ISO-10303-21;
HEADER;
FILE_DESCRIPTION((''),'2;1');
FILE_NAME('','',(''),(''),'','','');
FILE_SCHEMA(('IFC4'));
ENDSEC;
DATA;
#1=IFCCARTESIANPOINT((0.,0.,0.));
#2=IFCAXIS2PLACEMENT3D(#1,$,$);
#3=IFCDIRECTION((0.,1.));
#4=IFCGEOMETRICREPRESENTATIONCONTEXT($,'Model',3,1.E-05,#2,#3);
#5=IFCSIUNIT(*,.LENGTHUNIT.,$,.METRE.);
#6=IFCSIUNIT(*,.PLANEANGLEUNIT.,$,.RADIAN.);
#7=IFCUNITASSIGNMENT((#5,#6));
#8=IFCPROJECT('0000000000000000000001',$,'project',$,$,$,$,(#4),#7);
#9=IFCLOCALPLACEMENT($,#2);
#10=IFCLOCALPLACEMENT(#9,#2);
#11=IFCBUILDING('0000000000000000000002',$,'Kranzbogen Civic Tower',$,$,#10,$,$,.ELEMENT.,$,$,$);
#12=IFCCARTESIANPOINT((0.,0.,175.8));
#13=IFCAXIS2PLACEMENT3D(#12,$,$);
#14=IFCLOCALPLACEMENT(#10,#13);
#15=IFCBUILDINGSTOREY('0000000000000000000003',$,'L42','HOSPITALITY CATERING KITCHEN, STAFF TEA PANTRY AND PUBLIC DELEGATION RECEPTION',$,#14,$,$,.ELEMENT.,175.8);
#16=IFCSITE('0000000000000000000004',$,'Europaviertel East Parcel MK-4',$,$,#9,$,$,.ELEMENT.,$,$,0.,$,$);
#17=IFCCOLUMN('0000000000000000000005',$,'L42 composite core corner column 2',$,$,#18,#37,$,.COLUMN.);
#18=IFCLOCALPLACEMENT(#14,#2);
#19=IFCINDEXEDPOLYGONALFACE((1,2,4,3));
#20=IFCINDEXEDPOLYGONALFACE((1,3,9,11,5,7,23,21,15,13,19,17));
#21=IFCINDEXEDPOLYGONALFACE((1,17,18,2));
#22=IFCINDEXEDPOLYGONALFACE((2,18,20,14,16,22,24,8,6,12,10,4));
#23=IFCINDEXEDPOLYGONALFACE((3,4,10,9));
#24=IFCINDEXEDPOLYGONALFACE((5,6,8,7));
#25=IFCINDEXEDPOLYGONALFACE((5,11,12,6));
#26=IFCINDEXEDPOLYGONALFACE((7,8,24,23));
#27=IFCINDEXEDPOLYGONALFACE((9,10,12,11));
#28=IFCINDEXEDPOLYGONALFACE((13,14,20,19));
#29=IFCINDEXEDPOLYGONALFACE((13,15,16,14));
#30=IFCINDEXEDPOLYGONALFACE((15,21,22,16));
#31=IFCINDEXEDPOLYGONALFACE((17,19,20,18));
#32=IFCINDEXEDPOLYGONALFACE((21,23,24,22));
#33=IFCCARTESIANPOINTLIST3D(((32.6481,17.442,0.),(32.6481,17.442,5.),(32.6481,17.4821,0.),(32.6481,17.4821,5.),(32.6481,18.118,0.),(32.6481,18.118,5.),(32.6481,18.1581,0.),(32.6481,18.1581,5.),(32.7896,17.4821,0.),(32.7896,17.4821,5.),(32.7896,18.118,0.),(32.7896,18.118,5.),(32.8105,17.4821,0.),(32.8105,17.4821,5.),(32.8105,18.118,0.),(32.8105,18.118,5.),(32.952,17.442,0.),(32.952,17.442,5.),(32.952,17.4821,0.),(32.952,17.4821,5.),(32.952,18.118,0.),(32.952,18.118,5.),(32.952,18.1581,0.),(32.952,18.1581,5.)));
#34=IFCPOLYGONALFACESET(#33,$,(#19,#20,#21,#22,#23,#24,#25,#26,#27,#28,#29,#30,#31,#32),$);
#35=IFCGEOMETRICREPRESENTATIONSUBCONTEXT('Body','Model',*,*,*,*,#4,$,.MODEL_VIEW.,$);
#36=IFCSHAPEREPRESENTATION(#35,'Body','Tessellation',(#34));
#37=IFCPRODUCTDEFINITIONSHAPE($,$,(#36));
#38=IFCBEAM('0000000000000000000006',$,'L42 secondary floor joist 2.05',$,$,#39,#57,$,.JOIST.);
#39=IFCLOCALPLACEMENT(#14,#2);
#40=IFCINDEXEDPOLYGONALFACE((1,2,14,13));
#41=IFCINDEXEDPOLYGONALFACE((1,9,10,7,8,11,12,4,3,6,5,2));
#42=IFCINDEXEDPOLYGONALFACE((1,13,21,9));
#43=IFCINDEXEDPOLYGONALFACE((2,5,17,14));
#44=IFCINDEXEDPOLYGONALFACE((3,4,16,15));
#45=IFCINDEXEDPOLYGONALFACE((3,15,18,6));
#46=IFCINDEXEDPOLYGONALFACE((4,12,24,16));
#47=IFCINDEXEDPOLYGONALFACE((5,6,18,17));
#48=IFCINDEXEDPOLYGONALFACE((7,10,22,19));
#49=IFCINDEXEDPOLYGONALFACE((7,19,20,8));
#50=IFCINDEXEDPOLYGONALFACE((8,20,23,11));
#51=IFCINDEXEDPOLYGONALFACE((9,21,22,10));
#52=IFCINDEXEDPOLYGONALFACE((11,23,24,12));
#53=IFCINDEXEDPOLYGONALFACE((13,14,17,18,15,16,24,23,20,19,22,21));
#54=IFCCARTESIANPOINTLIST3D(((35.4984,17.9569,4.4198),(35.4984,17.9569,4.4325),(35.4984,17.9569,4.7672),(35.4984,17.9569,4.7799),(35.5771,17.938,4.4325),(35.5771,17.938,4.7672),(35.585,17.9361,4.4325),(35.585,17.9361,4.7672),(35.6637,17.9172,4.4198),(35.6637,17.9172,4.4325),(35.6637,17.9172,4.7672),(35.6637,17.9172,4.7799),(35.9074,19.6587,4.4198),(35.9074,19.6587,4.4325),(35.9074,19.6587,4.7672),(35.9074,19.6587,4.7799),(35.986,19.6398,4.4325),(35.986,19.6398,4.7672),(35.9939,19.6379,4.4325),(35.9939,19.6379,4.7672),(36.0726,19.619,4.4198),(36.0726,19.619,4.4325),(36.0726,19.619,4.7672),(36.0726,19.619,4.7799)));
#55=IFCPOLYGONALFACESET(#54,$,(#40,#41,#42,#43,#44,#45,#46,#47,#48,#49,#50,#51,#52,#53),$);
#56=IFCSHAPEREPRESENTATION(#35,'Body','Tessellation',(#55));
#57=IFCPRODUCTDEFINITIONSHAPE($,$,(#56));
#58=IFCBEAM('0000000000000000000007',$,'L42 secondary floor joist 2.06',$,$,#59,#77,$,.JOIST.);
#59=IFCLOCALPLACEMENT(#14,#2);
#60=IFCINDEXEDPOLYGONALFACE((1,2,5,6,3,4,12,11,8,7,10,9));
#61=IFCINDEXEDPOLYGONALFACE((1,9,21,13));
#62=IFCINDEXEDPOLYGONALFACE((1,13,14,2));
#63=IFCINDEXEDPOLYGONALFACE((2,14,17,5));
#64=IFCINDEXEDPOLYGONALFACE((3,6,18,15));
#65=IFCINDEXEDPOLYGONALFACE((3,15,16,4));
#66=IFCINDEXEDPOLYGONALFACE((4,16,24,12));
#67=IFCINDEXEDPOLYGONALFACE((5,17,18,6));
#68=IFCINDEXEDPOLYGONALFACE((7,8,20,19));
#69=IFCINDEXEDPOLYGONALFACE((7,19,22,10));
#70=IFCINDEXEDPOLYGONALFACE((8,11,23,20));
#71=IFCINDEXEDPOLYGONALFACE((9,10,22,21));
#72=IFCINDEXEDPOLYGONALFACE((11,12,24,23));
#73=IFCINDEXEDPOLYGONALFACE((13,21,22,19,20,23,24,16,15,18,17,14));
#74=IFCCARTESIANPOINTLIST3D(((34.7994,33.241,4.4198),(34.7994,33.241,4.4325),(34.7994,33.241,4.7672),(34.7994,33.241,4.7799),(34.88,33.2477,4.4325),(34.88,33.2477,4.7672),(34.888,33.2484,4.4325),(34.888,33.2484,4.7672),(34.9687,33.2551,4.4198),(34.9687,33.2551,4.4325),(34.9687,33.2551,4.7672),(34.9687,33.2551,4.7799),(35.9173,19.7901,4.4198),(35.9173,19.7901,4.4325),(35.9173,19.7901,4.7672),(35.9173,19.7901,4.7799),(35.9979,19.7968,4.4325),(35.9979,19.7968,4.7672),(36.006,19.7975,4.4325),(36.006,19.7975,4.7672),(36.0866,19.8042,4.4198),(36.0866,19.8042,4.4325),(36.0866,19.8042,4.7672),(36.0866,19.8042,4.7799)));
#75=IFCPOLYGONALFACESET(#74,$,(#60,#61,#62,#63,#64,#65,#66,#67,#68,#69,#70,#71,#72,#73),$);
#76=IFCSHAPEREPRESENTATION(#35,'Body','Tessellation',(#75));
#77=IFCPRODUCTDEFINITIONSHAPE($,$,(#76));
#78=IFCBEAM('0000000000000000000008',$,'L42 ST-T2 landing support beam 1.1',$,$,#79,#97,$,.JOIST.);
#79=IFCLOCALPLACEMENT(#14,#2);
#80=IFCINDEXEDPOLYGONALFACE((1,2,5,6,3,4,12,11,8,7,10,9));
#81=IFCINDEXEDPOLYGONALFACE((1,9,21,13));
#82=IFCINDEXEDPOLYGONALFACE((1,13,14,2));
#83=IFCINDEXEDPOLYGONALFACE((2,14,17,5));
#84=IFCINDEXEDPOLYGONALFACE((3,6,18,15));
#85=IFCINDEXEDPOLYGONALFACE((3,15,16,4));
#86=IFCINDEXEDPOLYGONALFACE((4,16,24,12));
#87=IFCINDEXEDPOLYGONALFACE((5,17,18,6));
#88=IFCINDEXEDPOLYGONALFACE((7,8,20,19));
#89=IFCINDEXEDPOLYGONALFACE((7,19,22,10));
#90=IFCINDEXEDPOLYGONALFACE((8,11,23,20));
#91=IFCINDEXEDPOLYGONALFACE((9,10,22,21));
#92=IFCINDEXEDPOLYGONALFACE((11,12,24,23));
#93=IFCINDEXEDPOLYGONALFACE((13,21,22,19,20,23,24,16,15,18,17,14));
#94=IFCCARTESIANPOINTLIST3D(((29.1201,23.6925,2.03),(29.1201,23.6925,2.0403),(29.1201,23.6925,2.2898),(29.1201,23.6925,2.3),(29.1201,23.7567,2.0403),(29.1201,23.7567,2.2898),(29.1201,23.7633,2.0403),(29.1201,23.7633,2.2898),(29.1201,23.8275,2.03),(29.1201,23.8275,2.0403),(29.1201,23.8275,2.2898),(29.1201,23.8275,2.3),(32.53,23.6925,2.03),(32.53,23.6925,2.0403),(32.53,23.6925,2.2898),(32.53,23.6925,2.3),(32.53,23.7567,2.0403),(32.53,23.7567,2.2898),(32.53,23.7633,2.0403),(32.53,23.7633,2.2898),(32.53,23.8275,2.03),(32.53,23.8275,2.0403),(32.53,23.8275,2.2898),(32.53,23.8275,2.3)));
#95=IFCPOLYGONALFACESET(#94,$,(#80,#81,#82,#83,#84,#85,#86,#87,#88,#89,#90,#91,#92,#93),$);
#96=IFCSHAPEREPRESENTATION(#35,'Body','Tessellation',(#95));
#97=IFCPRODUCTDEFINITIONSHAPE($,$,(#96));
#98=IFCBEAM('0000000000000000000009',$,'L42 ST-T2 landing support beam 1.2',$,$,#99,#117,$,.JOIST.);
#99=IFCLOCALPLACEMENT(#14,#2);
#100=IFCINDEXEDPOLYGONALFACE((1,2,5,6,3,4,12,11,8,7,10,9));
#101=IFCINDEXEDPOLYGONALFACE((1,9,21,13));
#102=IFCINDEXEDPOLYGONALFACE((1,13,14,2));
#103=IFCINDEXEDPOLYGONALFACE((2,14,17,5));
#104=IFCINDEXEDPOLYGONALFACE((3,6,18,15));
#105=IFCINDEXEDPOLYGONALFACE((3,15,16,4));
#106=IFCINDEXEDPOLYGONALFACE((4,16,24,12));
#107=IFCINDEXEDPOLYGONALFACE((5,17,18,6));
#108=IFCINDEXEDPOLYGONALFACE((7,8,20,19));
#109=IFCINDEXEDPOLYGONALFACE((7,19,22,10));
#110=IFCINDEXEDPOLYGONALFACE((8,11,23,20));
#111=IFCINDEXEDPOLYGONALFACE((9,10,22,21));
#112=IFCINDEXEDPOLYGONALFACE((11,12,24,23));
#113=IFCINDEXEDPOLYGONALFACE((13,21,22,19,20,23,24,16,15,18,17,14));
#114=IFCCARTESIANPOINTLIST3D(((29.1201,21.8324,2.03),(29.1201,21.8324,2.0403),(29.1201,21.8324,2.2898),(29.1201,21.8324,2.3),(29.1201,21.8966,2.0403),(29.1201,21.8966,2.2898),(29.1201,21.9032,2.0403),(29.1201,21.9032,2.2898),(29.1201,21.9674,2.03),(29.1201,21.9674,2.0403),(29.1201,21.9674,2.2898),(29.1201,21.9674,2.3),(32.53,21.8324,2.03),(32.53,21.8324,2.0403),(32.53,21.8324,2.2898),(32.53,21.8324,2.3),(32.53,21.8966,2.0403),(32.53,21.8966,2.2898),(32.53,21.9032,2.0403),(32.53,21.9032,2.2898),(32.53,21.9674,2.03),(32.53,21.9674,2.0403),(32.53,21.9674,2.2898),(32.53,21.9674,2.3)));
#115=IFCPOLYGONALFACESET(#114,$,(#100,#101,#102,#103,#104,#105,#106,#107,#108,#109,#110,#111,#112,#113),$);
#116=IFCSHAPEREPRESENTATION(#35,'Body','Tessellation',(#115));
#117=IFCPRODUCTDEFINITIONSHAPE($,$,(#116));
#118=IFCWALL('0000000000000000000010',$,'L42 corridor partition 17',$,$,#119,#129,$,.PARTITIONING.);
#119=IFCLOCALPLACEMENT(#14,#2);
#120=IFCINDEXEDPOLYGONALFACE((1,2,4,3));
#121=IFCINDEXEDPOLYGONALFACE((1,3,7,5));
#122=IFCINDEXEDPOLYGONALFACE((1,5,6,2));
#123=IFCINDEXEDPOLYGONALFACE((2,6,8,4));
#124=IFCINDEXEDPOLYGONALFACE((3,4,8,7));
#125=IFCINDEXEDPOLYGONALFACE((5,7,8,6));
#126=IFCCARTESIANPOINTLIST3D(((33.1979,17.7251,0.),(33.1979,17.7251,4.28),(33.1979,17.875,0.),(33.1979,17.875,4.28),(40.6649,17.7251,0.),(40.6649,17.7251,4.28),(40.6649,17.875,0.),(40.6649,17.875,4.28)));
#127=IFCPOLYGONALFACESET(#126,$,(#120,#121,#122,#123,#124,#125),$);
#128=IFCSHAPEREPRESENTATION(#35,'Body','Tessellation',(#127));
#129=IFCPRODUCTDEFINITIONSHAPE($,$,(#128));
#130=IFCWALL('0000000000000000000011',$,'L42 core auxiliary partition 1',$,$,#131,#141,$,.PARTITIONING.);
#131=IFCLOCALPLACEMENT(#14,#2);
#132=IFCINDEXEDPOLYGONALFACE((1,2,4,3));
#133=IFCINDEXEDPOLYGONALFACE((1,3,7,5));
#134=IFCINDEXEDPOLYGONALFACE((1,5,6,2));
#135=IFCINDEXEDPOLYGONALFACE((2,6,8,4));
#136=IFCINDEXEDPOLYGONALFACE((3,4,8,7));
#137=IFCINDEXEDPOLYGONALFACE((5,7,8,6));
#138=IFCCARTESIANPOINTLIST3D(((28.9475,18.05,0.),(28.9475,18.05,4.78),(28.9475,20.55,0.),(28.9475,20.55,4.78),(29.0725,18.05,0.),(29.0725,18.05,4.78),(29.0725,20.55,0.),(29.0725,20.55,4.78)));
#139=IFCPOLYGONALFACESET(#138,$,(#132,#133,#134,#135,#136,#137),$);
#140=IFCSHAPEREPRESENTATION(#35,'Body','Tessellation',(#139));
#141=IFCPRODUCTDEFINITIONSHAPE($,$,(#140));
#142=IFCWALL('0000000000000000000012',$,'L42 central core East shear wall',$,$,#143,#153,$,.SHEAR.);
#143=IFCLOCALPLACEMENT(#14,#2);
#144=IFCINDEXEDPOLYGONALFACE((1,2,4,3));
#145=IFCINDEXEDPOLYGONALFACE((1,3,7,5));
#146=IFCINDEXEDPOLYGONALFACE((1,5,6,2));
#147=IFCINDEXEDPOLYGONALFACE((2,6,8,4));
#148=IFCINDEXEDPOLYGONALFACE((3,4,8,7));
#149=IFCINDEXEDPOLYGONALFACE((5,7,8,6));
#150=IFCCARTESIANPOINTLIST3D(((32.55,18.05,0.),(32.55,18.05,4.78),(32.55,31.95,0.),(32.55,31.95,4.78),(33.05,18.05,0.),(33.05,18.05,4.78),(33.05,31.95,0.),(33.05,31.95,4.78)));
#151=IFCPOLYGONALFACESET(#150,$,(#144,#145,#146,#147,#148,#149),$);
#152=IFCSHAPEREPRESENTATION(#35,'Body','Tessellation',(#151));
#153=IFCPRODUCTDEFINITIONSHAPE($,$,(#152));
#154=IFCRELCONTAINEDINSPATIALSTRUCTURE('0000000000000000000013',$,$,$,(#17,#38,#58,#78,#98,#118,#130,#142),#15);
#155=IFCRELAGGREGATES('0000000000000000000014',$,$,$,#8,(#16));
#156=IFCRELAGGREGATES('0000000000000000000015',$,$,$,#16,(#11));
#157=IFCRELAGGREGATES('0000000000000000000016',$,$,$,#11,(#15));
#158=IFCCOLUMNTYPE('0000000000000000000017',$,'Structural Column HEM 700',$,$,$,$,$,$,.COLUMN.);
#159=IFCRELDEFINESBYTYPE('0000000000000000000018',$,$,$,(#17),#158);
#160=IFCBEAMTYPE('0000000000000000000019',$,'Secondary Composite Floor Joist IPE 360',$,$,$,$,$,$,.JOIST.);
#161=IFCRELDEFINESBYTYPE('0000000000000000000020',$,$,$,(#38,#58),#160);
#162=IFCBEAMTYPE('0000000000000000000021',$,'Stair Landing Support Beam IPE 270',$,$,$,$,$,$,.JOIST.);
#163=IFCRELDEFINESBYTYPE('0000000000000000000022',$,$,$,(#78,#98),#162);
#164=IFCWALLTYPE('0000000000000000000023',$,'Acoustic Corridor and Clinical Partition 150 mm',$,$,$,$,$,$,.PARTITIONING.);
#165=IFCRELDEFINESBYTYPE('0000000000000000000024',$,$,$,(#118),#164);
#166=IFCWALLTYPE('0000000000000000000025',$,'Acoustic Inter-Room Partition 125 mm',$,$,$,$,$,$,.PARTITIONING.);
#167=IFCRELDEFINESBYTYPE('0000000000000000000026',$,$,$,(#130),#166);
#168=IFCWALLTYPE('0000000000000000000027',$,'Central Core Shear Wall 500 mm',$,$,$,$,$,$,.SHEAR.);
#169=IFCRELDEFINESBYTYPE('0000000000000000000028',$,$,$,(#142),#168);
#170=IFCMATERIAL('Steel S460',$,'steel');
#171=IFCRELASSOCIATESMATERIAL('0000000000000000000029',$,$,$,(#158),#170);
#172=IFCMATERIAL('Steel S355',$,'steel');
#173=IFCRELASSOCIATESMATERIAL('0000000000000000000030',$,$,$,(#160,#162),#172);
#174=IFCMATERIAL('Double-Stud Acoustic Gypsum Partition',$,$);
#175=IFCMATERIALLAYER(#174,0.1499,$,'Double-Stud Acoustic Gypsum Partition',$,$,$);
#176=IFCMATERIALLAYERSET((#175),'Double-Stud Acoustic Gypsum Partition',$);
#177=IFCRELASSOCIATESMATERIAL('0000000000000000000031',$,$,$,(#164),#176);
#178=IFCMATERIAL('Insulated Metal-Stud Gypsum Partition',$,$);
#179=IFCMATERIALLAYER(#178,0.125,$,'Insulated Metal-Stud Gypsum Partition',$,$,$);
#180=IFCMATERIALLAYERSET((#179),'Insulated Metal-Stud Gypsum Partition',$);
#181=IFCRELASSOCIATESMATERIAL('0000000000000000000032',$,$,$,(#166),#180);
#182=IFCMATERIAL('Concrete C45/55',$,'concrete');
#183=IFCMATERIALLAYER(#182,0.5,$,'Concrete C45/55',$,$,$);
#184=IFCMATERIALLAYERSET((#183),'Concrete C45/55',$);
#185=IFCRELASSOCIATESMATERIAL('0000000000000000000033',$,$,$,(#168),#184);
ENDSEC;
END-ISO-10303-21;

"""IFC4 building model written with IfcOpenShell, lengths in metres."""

from ifc_helpers import new_model, si_unit, direction, frame, frame_2d, origin, origin_2d, place, context, subcontext, project, spatial, rectangle, i_section, extrude, material, layer, layer_set, material_profile, profile_set, type_object, element, save


model = new_model("IFC4")

# Units and contexts
model_context = context("Model", 3, precision=1e-05, world=origin(), true_north=direction((0.0, 1.0)))
body_context = subcontext(model_context, "Body", "Model", "MODEL_VIEW")
ifc_project = project(units=[si_unit("LENGTHUNIT", "METRE"), si_unit("PLANEANGLEUNIT", "RADIAN")], contexts=[model_context])

# Site, building, storey
site_placement = place(None, origin())
site = spatial("IfcSite", under=ifc_project, at=site_placement, Name="Europaviertel East Parcel MK-4", CompositionType="ELEMENT", RefElevation=0.0)
building_placement = place(site_placement, origin())
building = spatial("IfcBuilding", under=site, at=building_placement, Name="Kranzbogen Civic Tower", CompositionType="ELEMENT")
storey_placement = place(building_placement, frame((0.0, 0.0, 175.8)))
storey = spatial("IfcBuildingStorey", under=building, at=storey_placement, Name="L42", Description="HOSPITALITY CATERING KITCHEN, STAFF TEA PANTRY AND PUBLIC DELEGATION RECEPTION", CompositionType="ELEMENT", Elevation=175.8)

# Column
ifc_material_1 = material(Name="Steel S460", Category="steel")
ifc_material_profile_1 = material_profile(ifc_material_1, i_section(OverallWidth=0.304, OverallDepth=0.7161, WebThickness=0.021, FlangeThickness=0.04, at=origin_2d()), Name="HEM 700")
ifc_profile_set_1 = profile_set([ifc_material_profile_1], Name="Steel S460")
column_type = type_object("IfcColumnType", Name="Structural Column HEM 700", PredefinedType="COLUMN", material=ifc_profile_set_1)
column_placement = place(storey_placement, frame((32.8, 17.8, 0.0), z_axis=(0.0, 0.0, 1.0), x_axis=(1.0, 0.0, 0.0)))
element("IfcColumn", 1, at=column_placement, inside=storey, type_object=column_type, Name="L42 composite core corner column 2", PredefinedType="COLUMN", context=body_context, shape_type="SweptSolid", body=[
    extrude(i_section(OverallWidth=0.304, OverallDepth=0.7161, WebThickness=0.021, FlangeThickness=0.04, at=origin_2d()), origin(), (0.0, 0.0, 1.0), 5.0),
])

# Beams
ifc_material_2 = material(Name="Steel S355", Category="steel")
ifc_material_profile_2 = material_profile(ifc_material_2, i_section(OverallWidth=0.1699, OverallDepth=0.3601, WebThickness=0.0081, FlangeThickness=0.0127, at=origin_2d()), Name="IPE 360")
ifc_profile_set_2 = profile_set([ifc_material_profile_2], Name="Steel S355")
beam_type_1 = type_object("IfcBeamType", Name="Secondary Composite Floor Joist IPE 360", PredefinedType="JOIST", material=ifc_profile_set_2)
beam_1_placement = place(storey_placement, frame((35.5811, 17.937, 4.5999), z_axis=(0.233631, 0.972325, 0.0), x_axis=(-0.972325, 0.233631, 0.0)))
element("IfcBeam", 2, at=beam_1_placement, inside=storey, type_object=beam_type_1, Name="L42 secondary floor joist 2.05", PredefinedType="JOIST", context=body_context, shape_type="SweptSolid", body=[
    extrude(i_section(OverallWidth=0.1699, OverallDepth=0.3601, WebThickness=0.0081, FlangeThickness=0.0127, at=origin_2d()), origin(), (0.0, 0.0, 1.0), 1.7502),
])
beam_2_placement = place(storey_placement, frame((36.002, 19.7971, 4.5999), z_axis=(-0.082825, 0.996564, 0.0), x_axis=(-0.996564, -0.082825, 0.0)))
element("IfcBeam", 3, at=beam_2_placement, inside=storey, type_object=beam_type_1, Name="L42 secondary floor joist 2.06", PredefinedType="JOIST", context=body_context, shape_type="SweptSolid", body=[
    extrude(i_section(OverallWidth=0.1699, OverallDepth=0.3601, WebThickness=0.0081, FlangeThickness=0.0127, at=origin_2d()), origin(), (0.0, 0.0, 1.0), 13.4973),
])
ifc_material_profile_3 = material_profile(ifc_material_2, i_section(OverallWidth=0.135, OverallDepth=0.27, WebThickness=0.0066, FlangeThickness=0.0103, at=origin_2d()), Name="IPE 270")
ifc_profile_set_3 = profile_set([ifc_material_profile_3], Name="Steel S355")
beam_type_2 = type_object("IfcBeamType", Name="Stair Landing Support Beam IPE 270", PredefinedType="JOIST", material=ifc_profile_set_3)
for number, where, z_axis, x_axis, name in (
    (4, (29.1201, 23.76, 2.165), (1.0, 0.0, 0.0), (0.0, 1.0, 0.0), "L42 ST-T2 landing support beam 1.1"),
    (5, (29.1201, 21.8999, 2.165), (1.0, 0.0, 0.0), (0.0, 1.0, 0.0), "L42 ST-T2 landing support beam 1.2"),
):
    element("IfcBeam", number, at=place(storey_placement, frame(where, z_axis=z_axis, x_axis=x_axis)), inside=storey, type_object=beam_type_2, Name=name, PredefinedType="JOIST", context=body_context, shape_type="SweptSolid", body=[
        extrude(i_section(OverallWidth=0.135, OverallDepth=0.27, WebThickness=0.0066, FlangeThickness=0.0103, at=origin_2d()), origin(), (0.0, 0.0, 1.0), 3.4099),
    ])

# Walls
ifc_material_3 = material(Name="Double-Stud Acoustic Gypsum Partition")
ifc_layer_1 = layer(ifc_material_3, 0.1499, Name="Double-Stud Acoustic Gypsum Partition")
ifc_layer_set_1 = layer_set([ifc_layer_1], Name="Double-Stud Acoustic Gypsum Partition")
wall_type_1 = type_object("IfcWallType", Name="Acoustic Corridor and Clinical Partition 150 mm", PredefinedType="PARTITIONING", material=ifc_layer_set_1)
wall_1_placement = place(storey_placement, frame((33.198, 17.8, 0.0), z_axis=(0.0, 0.0, 1.0), x_axis=(1.0, 0.0, 0.0)))
element("IfcWall", 6, at=wall_1_placement, inside=storey, type_object=wall_type_1, Name="L42 corridor partition 17", PredefinedType="PARTITIONING", context=body_context, shape_type="SweptSolid", body=[
    extrude(rectangle(XDim=7.467, YDim=0.1499, at=frame_2d((3.7334, 0.0))), origin(), (0.0, 0.0, 1.0), 4.28),
])
ifc_material_4 = material(Name="Insulated Metal-Stud Gypsum Partition")
ifc_layer_2 = layer(ifc_material_4, 0.125, Name="Insulated Metal-Stud Gypsum Partition")
ifc_layer_set_2 = layer_set([ifc_layer_2], Name="Insulated Metal-Stud Gypsum Partition")
wall_type_2 = type_object("IfcWallType", Name="Acoustic Inter-Room Partition 125 mm", PredefinedType="PARTITIONING", material=ifc_layer_set_2)
wall_2_placement = place(storey_placement, frame((29.01, 18.05, 0.0), z_axis=(0.0, 0.0, 1.0), x_axis=(0.0, 1.0, 0.0)))
element("IfcWall", 7, at=wall_2_placement, inside=storey, type_object=wall_type_2, Name="L42 core auxiliary partition 1", PredefinedType="PARTITIONING", context=body_context, shape_type="SweptSolid", body=[
    extrude(rectangle(XDim=2.5, YDim=0.125, at=frame_2d((1.25, 0.0))), origin(), (0.0, 0.0, 1.0), 4.78),
])
ifc_material_5 = material(Name="Concrete C45/55", Category="concrete")
ifc_layer_3 = layer(ifc_material_5, 0.5, Name="Concrete C45/55")
ifc_layer_set_3 = layer_set([ifc_layer_3], Name="Concrete C45/55")
wall_type_3 = type_object("IfcWallType", Name="Central Core Shear Wall 500 mm", PredefinedType="SHEAR", material=ifc_layer_set_3)
wall_3_placement = place(storey_placement, frame((32.8, 18.05, 0.0), z_axis=(0.0, 0.0, 1.0), x_axis=(0.0, 1.0, 0.0)))
element("IfcWall", 8, at=wall_3_placement, inside=storey, type_object=wall_type_3, Name="L42 central core East shear wall", PredefinedType="SHEAR", context=body_context, shape_type="SweptSolid", body=[
    extrude(rectangle(XDim=13.8999, YDim=0.5, at=frame_2d((6.95, 0.0))), origin(), (0.0, 0.0, 1.0), 4.78),
])

save(model, "model.ifc")
